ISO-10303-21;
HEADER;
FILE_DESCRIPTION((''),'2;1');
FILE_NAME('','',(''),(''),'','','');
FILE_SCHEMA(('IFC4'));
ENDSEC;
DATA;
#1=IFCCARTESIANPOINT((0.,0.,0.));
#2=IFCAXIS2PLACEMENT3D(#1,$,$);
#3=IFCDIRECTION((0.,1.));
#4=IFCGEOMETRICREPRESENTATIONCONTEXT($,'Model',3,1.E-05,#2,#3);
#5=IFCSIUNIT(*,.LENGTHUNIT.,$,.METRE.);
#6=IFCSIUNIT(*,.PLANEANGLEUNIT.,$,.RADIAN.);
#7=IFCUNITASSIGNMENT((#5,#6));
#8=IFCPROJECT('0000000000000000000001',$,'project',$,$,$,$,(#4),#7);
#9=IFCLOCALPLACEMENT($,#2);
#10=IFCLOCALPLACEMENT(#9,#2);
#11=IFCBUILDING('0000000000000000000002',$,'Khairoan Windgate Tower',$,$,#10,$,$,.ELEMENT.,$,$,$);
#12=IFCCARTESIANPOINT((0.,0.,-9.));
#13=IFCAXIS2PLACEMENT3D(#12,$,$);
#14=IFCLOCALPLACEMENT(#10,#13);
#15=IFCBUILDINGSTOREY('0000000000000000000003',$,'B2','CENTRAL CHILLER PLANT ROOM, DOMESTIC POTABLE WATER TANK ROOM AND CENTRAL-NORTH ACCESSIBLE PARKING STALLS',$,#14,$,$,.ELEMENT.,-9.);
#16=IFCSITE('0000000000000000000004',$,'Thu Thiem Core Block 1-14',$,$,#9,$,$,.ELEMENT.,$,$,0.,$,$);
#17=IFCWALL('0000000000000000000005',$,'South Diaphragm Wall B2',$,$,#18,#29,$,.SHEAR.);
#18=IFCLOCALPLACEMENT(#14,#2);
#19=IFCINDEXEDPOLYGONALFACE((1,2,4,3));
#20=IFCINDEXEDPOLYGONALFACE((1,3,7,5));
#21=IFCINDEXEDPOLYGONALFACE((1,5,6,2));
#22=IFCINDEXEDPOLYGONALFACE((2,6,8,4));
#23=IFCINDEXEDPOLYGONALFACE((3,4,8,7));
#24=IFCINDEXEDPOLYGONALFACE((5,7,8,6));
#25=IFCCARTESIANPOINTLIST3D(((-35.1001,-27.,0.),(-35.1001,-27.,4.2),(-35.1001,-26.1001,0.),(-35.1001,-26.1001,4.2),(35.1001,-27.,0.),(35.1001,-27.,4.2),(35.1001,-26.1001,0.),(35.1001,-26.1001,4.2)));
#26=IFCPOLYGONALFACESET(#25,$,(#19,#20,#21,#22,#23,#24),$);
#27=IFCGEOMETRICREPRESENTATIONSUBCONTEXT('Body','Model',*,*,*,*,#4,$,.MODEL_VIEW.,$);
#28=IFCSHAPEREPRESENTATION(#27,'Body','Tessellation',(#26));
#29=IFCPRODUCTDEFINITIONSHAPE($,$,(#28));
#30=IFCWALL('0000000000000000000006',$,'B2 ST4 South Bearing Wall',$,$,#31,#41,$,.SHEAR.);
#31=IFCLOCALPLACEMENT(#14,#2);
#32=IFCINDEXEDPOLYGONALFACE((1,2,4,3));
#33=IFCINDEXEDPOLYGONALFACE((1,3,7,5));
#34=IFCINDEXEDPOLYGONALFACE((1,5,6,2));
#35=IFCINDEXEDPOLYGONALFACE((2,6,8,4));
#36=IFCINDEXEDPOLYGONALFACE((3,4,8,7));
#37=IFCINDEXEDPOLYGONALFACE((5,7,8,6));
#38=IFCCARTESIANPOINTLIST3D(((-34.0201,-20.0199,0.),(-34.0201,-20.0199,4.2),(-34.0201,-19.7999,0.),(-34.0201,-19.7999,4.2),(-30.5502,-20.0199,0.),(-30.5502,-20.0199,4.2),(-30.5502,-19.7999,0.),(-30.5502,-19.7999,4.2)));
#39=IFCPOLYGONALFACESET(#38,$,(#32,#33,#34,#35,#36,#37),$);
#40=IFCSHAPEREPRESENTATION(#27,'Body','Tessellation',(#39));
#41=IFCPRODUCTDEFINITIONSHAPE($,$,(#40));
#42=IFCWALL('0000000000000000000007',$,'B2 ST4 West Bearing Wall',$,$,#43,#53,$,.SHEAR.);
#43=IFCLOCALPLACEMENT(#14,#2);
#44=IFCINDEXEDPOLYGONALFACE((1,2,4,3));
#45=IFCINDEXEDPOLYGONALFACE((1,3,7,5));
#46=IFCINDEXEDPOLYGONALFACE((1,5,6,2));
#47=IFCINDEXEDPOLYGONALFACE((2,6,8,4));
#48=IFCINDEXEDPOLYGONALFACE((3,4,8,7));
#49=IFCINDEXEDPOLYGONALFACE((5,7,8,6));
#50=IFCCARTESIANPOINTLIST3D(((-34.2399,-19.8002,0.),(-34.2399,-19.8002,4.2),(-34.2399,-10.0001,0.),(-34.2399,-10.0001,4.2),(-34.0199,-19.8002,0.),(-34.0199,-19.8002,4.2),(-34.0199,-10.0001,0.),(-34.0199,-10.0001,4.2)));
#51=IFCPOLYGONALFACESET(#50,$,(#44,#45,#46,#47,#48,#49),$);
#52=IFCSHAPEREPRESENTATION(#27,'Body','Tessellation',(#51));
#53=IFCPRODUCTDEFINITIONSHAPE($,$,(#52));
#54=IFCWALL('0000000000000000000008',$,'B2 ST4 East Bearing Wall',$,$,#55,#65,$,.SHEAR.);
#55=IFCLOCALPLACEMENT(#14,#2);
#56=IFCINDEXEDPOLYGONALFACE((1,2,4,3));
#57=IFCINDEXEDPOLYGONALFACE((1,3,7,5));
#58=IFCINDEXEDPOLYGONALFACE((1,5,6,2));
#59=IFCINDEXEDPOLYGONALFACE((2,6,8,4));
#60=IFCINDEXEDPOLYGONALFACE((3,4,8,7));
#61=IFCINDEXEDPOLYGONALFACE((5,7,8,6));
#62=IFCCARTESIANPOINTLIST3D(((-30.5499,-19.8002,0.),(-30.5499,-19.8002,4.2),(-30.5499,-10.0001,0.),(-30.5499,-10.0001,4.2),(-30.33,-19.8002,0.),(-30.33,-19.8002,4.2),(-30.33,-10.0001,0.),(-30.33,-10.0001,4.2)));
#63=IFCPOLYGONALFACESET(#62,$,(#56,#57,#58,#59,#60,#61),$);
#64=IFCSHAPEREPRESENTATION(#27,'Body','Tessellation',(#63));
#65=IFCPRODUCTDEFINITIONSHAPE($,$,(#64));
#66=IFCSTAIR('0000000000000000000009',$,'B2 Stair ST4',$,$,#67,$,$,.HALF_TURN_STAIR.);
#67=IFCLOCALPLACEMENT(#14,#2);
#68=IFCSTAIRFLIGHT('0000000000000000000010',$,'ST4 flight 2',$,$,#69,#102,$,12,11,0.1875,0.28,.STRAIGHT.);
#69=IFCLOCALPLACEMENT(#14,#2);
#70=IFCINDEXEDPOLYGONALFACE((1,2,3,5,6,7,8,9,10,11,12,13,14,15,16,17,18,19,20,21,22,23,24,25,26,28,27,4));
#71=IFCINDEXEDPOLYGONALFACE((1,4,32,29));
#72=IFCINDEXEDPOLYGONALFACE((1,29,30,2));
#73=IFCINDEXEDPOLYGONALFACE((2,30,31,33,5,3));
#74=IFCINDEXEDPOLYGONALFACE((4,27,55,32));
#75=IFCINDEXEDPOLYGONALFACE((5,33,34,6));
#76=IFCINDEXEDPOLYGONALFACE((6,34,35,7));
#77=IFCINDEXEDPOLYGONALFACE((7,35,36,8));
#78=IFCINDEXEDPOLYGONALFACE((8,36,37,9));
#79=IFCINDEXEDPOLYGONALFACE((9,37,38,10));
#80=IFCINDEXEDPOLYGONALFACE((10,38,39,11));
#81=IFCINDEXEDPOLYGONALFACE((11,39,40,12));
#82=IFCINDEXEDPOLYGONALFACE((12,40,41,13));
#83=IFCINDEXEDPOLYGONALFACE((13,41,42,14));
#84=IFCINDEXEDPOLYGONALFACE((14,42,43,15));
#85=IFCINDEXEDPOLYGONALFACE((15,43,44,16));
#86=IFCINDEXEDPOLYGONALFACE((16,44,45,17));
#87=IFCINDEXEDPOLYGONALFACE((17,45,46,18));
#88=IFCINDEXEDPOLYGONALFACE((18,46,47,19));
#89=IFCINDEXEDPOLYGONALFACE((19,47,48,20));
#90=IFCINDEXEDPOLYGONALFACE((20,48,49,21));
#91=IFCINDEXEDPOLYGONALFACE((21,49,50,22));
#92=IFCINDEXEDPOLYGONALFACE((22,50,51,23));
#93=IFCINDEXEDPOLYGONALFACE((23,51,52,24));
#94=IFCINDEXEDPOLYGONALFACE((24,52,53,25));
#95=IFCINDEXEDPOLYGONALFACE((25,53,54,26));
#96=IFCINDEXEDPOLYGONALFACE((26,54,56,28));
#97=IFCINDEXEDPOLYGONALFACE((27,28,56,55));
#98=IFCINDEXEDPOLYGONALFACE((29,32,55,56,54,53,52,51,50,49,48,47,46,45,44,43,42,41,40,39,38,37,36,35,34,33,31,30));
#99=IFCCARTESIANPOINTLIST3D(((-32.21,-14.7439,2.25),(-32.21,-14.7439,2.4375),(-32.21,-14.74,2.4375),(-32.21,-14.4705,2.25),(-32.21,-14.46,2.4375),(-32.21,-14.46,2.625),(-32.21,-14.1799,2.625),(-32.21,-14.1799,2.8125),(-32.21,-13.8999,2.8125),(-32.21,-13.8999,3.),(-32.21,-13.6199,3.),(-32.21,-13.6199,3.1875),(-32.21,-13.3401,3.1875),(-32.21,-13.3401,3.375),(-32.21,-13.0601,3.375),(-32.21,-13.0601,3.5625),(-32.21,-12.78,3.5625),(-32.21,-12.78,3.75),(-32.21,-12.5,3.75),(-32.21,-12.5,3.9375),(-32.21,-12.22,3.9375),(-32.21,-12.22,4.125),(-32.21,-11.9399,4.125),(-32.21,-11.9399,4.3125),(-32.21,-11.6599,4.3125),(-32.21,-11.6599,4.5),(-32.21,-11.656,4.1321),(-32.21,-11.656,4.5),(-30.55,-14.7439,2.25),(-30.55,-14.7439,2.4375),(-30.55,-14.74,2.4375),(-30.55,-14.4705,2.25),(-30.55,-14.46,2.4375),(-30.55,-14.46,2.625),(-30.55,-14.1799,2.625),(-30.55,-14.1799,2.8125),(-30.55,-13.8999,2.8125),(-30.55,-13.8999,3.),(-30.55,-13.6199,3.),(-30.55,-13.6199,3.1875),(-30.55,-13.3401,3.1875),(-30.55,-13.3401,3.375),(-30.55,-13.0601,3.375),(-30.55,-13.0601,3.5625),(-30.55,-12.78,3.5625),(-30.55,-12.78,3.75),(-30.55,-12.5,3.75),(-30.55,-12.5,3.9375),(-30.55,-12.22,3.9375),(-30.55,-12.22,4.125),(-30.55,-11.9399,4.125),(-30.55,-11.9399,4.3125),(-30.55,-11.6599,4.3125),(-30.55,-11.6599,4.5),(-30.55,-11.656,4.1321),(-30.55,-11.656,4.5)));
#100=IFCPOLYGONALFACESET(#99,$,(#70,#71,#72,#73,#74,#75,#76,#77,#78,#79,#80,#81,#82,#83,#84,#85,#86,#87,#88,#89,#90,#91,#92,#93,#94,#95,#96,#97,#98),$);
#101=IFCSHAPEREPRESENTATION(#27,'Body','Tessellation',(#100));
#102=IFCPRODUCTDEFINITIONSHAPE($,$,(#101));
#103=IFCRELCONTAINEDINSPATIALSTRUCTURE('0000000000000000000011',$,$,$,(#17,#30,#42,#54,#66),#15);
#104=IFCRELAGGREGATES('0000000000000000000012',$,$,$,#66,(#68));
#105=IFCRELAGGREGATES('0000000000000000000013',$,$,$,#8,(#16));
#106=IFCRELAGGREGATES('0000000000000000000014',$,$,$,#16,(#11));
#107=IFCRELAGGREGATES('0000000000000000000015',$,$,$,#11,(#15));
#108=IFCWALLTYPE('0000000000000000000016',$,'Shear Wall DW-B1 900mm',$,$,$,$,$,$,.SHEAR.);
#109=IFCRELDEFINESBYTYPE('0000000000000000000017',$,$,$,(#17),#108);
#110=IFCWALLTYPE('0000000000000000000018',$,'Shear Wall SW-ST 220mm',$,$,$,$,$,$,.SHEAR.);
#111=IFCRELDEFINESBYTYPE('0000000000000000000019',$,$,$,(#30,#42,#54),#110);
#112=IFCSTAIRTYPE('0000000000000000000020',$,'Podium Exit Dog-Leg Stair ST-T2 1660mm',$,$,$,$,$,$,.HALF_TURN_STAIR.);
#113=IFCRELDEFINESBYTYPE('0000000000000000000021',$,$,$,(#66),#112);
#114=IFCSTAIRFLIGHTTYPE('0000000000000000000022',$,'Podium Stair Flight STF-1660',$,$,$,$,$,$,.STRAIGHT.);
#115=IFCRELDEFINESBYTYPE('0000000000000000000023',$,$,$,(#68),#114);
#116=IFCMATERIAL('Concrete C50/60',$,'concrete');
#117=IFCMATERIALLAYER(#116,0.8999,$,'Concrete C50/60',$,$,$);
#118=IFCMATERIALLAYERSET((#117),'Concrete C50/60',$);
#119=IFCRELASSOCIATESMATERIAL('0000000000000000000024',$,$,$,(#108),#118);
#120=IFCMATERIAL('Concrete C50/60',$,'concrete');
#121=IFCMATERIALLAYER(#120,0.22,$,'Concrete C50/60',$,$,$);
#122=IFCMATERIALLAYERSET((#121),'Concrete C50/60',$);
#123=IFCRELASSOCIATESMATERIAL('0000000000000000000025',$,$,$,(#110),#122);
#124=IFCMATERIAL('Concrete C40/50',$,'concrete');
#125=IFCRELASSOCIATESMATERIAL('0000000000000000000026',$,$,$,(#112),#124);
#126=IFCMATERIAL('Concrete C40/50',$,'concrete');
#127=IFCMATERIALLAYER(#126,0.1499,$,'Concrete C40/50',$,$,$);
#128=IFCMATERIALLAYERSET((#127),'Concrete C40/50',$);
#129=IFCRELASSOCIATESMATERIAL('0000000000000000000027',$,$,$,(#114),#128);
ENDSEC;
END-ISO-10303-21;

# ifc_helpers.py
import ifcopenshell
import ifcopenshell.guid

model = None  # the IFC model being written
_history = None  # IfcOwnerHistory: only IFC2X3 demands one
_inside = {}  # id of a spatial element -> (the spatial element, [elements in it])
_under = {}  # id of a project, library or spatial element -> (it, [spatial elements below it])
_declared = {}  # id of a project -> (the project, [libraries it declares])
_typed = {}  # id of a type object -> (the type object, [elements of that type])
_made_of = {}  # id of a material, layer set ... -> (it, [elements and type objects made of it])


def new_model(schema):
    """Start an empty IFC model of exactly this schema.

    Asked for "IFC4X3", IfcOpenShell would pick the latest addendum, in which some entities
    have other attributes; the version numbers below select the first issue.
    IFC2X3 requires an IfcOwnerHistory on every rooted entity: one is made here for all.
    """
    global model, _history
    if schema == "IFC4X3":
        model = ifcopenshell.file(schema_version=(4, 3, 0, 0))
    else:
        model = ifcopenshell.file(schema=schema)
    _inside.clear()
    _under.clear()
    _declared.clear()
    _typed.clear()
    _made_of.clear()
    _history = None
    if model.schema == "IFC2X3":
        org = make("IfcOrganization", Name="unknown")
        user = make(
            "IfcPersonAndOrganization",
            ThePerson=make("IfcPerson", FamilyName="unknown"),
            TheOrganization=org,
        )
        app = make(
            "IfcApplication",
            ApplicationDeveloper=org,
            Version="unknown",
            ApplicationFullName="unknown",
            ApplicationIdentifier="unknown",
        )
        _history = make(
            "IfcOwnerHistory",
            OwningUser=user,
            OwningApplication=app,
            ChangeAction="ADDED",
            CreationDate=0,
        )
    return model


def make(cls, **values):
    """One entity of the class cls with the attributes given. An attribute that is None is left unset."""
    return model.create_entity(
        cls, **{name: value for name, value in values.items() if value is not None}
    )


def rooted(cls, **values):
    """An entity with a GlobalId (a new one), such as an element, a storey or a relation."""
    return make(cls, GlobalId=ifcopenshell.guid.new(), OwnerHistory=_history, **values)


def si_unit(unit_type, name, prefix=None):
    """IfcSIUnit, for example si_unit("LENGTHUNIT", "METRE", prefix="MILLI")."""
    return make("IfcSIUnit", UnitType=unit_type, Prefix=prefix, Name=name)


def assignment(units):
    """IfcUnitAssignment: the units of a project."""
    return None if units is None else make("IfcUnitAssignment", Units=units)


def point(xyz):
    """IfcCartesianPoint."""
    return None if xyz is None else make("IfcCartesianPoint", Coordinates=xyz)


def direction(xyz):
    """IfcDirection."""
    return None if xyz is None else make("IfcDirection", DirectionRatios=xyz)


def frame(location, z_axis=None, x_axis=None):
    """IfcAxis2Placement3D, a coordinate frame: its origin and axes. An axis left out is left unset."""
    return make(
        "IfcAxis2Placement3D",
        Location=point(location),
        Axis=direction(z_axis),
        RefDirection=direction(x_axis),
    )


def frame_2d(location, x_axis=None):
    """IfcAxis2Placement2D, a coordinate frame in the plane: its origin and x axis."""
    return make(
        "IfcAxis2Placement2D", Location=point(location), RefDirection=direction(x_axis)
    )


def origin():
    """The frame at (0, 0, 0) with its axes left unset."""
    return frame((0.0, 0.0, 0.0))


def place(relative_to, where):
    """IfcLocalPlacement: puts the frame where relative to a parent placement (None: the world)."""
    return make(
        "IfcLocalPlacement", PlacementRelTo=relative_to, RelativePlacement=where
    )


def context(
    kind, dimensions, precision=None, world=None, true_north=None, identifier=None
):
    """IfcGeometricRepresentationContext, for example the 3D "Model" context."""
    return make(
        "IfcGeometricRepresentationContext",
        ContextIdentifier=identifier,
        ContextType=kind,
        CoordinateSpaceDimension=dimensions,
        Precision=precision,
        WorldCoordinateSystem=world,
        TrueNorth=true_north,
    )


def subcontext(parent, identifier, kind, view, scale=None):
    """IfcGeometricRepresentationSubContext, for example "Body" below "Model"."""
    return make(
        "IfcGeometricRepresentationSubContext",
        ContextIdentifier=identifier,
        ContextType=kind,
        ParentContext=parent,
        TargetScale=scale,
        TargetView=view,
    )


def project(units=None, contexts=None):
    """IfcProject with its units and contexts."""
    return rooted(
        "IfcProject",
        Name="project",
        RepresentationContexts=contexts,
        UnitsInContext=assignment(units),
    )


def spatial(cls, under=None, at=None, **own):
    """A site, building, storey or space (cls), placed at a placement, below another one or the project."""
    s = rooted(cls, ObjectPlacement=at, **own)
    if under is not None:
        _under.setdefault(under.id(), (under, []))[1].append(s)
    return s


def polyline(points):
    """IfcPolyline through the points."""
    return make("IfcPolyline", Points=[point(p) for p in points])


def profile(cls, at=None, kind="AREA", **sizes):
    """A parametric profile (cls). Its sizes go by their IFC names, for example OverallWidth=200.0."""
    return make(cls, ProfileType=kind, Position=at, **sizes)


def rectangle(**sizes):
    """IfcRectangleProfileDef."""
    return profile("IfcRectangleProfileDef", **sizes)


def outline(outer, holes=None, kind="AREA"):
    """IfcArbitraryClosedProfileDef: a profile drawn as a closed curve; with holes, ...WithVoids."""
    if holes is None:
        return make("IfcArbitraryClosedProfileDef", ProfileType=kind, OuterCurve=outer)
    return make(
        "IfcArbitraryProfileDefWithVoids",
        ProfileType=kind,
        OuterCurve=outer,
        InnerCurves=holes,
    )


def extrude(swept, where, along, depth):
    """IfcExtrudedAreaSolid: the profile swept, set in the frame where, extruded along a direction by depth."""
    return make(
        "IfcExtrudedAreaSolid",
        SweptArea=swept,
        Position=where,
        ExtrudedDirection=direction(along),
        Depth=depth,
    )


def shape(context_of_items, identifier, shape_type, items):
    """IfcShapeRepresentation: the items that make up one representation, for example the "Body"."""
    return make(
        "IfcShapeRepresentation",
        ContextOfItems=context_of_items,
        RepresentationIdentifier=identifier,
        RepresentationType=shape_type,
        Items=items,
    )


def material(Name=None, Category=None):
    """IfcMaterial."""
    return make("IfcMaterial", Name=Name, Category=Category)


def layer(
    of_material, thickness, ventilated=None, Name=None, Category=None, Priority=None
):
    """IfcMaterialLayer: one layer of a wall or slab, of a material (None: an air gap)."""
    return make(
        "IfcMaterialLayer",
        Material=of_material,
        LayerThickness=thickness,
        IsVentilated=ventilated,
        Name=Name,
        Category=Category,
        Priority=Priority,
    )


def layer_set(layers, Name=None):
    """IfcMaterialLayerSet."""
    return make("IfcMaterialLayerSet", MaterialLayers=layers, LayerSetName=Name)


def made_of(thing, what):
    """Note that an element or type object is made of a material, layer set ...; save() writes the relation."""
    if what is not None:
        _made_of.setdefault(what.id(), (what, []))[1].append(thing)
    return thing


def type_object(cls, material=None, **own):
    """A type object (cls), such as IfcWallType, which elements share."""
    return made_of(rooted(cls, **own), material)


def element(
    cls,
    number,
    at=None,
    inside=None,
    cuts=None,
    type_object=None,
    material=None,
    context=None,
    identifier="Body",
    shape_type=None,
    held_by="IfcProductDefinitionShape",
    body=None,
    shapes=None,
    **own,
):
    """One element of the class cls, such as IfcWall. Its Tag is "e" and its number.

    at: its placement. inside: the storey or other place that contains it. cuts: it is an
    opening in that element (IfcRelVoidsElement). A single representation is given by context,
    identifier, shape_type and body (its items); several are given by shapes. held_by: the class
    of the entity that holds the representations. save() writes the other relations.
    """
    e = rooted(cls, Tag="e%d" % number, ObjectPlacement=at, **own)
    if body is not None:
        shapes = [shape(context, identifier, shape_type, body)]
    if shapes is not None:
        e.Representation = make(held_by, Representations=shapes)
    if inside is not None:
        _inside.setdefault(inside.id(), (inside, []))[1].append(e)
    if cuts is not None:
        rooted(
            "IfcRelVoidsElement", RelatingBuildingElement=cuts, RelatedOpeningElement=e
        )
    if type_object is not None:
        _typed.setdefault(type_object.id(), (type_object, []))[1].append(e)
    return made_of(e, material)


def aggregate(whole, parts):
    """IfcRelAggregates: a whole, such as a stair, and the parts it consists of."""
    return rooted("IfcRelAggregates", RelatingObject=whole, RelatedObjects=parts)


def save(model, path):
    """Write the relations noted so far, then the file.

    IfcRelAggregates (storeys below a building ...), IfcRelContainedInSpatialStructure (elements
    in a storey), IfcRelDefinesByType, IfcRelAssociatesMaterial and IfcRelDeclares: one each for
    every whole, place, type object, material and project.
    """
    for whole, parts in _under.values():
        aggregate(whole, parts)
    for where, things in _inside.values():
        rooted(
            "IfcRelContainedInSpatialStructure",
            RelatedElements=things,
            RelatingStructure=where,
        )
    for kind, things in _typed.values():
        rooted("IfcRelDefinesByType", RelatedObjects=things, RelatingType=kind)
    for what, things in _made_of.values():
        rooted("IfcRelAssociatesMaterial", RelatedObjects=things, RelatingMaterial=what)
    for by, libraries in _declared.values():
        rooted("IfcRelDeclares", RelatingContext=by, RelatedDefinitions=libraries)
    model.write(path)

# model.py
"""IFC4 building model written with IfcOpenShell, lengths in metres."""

from ifc_helpers import new_model, si_unit, direction, frame, frame_2d, origin, place, context, subcontext, project, spatial, polyline, rectangle, outline, extrude, material, layer, layer_set, type_object, element, aggregate, save


model = new_model("IFC4")

# Units and contexts
model_context = context("Model", 3, precision=1e-05, world=origin(), true_north=direction((0.0, 1.0)))
body_context = subcontext(model_context, "Body", "Model", "MODEL_VIEW")
ifc_project = project(units=[si_unit("LENGTHUNIT", "METRE"), si_unit("PLANEANGLEUNIT", "RADIAN")], contexts=[model_context])

# Site, building, storey
site_placement = place(None, origin())
site = spatial("IfcSite", under=ifc_project, at=site_placement, Name="Thu Thiem Core Block 1-14", CompositionType="ELEMENT", RefElevation=0.0)
building_placement = place(site_placement, origin())
building = spatial("IfcBuilding", under=site, at=building_placement, Name="Khairoan Windgate Tower", CompositionType="ELEMENT")
storey_placement = place(building_placement, frame((0.0, 0.0, -9.0)))
storey = spatial("IfcBuildingStorey", under=building, at=storey_placement, Name="B2", Description="CENTRAL CHILLER PLANT ROOM, DOMESTIC POTABLE WATER TANK ROOM AND CENTRAL-NORTH ACCESSIBLE PARKING STALLS", CompositionType="ELEMENT", Elevation=-9.0)

# Walls
ifc_material_1 = material(Name="Concrete C50/60", Category="concrete")
ifc_layer_1 = layer(ifc_material_1, 0.8999, Name="Concrete C50/60")
ifc_layer_set_1 = layer_set([ifc_layer_1], Name="Concrete C50/60")
wall_type_1 = type_object("IfcWallType", Name="Shear Wall DW-B1 900mm", PredefinedType="SHEAR", material=ifc_layer_set_1)
wall_1_placement = place(storey_placement, frame((-35.1001, -26.55, 0.0), z_axis=(0.0, 0.0, 1.0), x_axis=(1.0, 0.0, 0.0)))
element("IfcWall", 1, at=wall_1_placement, inside=storey, type_object=wall_type_1, Name="South Diaphragm Wall B2", PredefinedType="SHEAR", context=body_context, shape_type="SweptSolid", body=[
    extrude(rectangle(XDim=70.2002, YDim=0.8999, at=frame_2d((35.1001, 0.0))), origin(), (0.0, 0.0, 1.0), 4.2),
])
ifc_material_2 = material(Name="Concrete C50/60", Category="concrete")
ifc_layer_2 = layer(ifc_material_2, 0.22, Name="Concrete C50/60")
ifc_layer_set_2 = layer_set([ifc_layer_2], Name="Concrete C50/60")
wall_type_2 = type_object("IfcWallType", Name="Shear Wall SW-ST 220mm", PredefinedType="SHEAR", material=ifc_layer_set_2)
wall_2_placement = place(storey_placement, frame((-34.02, -19.9099, 0.0), z_axis=(0.0, 0.0, 1.0), x_axis=(1.0, 0.0, 0.0)))
element("IfcWall", 2, at=wall_2_placement, inside=storey, type_object=wall_type_2, Name="B2 ST4 South Bearing Wall", PredefinedType="SHEAR", context=body_context, shape_type="SweptSolid", body=[
    extrude(rectangle(XDim=3.47, YDim=0.22, at=frame_2d((1.7349, 0.0))), origin(), (0.0, 0.0, 1.0), 4.2),
])
for number, where, z_axis, x_axis, name in (
    (3, (-34.1299, -19.8, 0.0), (0.0, 0.0, 1.0), (0.0, 1.0, 0.0), "B2 ST4 West Bearing Wall"),
    (4, (-30.4399, -19.8, 0.0), (0.0, 0.0, 1.0), (0.0, 1.0, 0.0), "B2 ST4 East Bearing Wall"),
):
    element("IfcWall", number, at=place(storey_placement, frame(where, z_axis=z_axis, x_axis=x_axis)), inside=storey, type_object=wall_type_2, Name=name, PredefinedType="SHEAR", context=body_context, shape_type="SweptSolid", body=[
        extrude(rectangle(XDim=9.8, YDim=0.22, at=frame_2d((4.8999, 0.0))), origin(), (0.0, 0.0, 1.0), 4.2),
    ])

# Stair, stair flight
ifc_material_3 = material(Name="Concrete C40/50", Category="concrete")
stair_type = type_object("IfcStairType", Name="Podium Exit Dog-Leg Stair ST-T2 1660mm", PredefinedType="HALF_TURN_STAIR", material=ifc_material_3)
stair_placement = place(storey_placement, origin())
stair = element("IfcStair", 5, at=stair_placement, inside=storey, type_object=stair_type, Name="B2 Stair ST4", PredefinedType="HALF_TURN_STAIR")
ifc_material_4 = material(Name="Concrete C40/50", Category="concrete")
ifc_layer_3 = layer(ifc_material_4, 0.1499, Name="Concrete C40/50")
ifc_layer_set_3 = layer_set([ifc_layer_3], Name="Concrete C40/50")
stair_flight_type = type_object("IfcStairFlightType", Name="Podium Stair Flight STF-1660", PredefinedType="STRAIGHT", material=ifc_layer_set_3)
stair_flight_placement = place(storey_placement, frame((-31.3799, -14.74, 2.25), z_axis=(0.0, 0.0, 1.0), x_axis=(0.0, 1.0, 0.0)))
stair_flight = element("IfcStairFlight", 6, at=stair_flight_placement, type_object=stair_flight_type, Name="ST4 flight 2", NumberOfRisers=12, NumberOfTreads=11, PredefinedType="STRAIGHT", RiserHeight=0.1875, TreadLength=0.28, context=body_context, shape_type="SweptSolid", body=[
    extrude(outline(polyline([(-0.0039, 0.0), (-0.0039, 0.1875), (0.0, 0.1875), (0.28, 0.1875), (0.28, 0.375), (0.5601, 0.375), (0.5601, 0.5625), (0.8401, 0.5625), (0.8401, 0.75), (1.1201, 0.75), (1.1201, 0.9375), (1.3999, 0.9375), (1.3999, 1.125), (1.6799, 1.125), (1.6799, 1.3125), (1.96, 1.3125), (1.96, 1.5), (2.24, 1.5), (2.24, 1.6875), (2.52, 1.6875), (2.52, 1.875), (2.8, 1.875), (2.8, 2.0625), (3.0801, 2.0625), (3.0801, 2.25), (3.084, 2.25), (3.084, 1.8821), (0.2695, 0.0), (-0.0039, 0.0)])), frame((0.0, 0.8301, 0.0), z_axis=(0.0, -1.0, 0.0), x_axis=(1.0, 0.0, 0.0)), (0.0, 0.0, 1.0), 1.6599),
])
aggregate(stair, [stair_flight])

save(model, "model.ifc")
